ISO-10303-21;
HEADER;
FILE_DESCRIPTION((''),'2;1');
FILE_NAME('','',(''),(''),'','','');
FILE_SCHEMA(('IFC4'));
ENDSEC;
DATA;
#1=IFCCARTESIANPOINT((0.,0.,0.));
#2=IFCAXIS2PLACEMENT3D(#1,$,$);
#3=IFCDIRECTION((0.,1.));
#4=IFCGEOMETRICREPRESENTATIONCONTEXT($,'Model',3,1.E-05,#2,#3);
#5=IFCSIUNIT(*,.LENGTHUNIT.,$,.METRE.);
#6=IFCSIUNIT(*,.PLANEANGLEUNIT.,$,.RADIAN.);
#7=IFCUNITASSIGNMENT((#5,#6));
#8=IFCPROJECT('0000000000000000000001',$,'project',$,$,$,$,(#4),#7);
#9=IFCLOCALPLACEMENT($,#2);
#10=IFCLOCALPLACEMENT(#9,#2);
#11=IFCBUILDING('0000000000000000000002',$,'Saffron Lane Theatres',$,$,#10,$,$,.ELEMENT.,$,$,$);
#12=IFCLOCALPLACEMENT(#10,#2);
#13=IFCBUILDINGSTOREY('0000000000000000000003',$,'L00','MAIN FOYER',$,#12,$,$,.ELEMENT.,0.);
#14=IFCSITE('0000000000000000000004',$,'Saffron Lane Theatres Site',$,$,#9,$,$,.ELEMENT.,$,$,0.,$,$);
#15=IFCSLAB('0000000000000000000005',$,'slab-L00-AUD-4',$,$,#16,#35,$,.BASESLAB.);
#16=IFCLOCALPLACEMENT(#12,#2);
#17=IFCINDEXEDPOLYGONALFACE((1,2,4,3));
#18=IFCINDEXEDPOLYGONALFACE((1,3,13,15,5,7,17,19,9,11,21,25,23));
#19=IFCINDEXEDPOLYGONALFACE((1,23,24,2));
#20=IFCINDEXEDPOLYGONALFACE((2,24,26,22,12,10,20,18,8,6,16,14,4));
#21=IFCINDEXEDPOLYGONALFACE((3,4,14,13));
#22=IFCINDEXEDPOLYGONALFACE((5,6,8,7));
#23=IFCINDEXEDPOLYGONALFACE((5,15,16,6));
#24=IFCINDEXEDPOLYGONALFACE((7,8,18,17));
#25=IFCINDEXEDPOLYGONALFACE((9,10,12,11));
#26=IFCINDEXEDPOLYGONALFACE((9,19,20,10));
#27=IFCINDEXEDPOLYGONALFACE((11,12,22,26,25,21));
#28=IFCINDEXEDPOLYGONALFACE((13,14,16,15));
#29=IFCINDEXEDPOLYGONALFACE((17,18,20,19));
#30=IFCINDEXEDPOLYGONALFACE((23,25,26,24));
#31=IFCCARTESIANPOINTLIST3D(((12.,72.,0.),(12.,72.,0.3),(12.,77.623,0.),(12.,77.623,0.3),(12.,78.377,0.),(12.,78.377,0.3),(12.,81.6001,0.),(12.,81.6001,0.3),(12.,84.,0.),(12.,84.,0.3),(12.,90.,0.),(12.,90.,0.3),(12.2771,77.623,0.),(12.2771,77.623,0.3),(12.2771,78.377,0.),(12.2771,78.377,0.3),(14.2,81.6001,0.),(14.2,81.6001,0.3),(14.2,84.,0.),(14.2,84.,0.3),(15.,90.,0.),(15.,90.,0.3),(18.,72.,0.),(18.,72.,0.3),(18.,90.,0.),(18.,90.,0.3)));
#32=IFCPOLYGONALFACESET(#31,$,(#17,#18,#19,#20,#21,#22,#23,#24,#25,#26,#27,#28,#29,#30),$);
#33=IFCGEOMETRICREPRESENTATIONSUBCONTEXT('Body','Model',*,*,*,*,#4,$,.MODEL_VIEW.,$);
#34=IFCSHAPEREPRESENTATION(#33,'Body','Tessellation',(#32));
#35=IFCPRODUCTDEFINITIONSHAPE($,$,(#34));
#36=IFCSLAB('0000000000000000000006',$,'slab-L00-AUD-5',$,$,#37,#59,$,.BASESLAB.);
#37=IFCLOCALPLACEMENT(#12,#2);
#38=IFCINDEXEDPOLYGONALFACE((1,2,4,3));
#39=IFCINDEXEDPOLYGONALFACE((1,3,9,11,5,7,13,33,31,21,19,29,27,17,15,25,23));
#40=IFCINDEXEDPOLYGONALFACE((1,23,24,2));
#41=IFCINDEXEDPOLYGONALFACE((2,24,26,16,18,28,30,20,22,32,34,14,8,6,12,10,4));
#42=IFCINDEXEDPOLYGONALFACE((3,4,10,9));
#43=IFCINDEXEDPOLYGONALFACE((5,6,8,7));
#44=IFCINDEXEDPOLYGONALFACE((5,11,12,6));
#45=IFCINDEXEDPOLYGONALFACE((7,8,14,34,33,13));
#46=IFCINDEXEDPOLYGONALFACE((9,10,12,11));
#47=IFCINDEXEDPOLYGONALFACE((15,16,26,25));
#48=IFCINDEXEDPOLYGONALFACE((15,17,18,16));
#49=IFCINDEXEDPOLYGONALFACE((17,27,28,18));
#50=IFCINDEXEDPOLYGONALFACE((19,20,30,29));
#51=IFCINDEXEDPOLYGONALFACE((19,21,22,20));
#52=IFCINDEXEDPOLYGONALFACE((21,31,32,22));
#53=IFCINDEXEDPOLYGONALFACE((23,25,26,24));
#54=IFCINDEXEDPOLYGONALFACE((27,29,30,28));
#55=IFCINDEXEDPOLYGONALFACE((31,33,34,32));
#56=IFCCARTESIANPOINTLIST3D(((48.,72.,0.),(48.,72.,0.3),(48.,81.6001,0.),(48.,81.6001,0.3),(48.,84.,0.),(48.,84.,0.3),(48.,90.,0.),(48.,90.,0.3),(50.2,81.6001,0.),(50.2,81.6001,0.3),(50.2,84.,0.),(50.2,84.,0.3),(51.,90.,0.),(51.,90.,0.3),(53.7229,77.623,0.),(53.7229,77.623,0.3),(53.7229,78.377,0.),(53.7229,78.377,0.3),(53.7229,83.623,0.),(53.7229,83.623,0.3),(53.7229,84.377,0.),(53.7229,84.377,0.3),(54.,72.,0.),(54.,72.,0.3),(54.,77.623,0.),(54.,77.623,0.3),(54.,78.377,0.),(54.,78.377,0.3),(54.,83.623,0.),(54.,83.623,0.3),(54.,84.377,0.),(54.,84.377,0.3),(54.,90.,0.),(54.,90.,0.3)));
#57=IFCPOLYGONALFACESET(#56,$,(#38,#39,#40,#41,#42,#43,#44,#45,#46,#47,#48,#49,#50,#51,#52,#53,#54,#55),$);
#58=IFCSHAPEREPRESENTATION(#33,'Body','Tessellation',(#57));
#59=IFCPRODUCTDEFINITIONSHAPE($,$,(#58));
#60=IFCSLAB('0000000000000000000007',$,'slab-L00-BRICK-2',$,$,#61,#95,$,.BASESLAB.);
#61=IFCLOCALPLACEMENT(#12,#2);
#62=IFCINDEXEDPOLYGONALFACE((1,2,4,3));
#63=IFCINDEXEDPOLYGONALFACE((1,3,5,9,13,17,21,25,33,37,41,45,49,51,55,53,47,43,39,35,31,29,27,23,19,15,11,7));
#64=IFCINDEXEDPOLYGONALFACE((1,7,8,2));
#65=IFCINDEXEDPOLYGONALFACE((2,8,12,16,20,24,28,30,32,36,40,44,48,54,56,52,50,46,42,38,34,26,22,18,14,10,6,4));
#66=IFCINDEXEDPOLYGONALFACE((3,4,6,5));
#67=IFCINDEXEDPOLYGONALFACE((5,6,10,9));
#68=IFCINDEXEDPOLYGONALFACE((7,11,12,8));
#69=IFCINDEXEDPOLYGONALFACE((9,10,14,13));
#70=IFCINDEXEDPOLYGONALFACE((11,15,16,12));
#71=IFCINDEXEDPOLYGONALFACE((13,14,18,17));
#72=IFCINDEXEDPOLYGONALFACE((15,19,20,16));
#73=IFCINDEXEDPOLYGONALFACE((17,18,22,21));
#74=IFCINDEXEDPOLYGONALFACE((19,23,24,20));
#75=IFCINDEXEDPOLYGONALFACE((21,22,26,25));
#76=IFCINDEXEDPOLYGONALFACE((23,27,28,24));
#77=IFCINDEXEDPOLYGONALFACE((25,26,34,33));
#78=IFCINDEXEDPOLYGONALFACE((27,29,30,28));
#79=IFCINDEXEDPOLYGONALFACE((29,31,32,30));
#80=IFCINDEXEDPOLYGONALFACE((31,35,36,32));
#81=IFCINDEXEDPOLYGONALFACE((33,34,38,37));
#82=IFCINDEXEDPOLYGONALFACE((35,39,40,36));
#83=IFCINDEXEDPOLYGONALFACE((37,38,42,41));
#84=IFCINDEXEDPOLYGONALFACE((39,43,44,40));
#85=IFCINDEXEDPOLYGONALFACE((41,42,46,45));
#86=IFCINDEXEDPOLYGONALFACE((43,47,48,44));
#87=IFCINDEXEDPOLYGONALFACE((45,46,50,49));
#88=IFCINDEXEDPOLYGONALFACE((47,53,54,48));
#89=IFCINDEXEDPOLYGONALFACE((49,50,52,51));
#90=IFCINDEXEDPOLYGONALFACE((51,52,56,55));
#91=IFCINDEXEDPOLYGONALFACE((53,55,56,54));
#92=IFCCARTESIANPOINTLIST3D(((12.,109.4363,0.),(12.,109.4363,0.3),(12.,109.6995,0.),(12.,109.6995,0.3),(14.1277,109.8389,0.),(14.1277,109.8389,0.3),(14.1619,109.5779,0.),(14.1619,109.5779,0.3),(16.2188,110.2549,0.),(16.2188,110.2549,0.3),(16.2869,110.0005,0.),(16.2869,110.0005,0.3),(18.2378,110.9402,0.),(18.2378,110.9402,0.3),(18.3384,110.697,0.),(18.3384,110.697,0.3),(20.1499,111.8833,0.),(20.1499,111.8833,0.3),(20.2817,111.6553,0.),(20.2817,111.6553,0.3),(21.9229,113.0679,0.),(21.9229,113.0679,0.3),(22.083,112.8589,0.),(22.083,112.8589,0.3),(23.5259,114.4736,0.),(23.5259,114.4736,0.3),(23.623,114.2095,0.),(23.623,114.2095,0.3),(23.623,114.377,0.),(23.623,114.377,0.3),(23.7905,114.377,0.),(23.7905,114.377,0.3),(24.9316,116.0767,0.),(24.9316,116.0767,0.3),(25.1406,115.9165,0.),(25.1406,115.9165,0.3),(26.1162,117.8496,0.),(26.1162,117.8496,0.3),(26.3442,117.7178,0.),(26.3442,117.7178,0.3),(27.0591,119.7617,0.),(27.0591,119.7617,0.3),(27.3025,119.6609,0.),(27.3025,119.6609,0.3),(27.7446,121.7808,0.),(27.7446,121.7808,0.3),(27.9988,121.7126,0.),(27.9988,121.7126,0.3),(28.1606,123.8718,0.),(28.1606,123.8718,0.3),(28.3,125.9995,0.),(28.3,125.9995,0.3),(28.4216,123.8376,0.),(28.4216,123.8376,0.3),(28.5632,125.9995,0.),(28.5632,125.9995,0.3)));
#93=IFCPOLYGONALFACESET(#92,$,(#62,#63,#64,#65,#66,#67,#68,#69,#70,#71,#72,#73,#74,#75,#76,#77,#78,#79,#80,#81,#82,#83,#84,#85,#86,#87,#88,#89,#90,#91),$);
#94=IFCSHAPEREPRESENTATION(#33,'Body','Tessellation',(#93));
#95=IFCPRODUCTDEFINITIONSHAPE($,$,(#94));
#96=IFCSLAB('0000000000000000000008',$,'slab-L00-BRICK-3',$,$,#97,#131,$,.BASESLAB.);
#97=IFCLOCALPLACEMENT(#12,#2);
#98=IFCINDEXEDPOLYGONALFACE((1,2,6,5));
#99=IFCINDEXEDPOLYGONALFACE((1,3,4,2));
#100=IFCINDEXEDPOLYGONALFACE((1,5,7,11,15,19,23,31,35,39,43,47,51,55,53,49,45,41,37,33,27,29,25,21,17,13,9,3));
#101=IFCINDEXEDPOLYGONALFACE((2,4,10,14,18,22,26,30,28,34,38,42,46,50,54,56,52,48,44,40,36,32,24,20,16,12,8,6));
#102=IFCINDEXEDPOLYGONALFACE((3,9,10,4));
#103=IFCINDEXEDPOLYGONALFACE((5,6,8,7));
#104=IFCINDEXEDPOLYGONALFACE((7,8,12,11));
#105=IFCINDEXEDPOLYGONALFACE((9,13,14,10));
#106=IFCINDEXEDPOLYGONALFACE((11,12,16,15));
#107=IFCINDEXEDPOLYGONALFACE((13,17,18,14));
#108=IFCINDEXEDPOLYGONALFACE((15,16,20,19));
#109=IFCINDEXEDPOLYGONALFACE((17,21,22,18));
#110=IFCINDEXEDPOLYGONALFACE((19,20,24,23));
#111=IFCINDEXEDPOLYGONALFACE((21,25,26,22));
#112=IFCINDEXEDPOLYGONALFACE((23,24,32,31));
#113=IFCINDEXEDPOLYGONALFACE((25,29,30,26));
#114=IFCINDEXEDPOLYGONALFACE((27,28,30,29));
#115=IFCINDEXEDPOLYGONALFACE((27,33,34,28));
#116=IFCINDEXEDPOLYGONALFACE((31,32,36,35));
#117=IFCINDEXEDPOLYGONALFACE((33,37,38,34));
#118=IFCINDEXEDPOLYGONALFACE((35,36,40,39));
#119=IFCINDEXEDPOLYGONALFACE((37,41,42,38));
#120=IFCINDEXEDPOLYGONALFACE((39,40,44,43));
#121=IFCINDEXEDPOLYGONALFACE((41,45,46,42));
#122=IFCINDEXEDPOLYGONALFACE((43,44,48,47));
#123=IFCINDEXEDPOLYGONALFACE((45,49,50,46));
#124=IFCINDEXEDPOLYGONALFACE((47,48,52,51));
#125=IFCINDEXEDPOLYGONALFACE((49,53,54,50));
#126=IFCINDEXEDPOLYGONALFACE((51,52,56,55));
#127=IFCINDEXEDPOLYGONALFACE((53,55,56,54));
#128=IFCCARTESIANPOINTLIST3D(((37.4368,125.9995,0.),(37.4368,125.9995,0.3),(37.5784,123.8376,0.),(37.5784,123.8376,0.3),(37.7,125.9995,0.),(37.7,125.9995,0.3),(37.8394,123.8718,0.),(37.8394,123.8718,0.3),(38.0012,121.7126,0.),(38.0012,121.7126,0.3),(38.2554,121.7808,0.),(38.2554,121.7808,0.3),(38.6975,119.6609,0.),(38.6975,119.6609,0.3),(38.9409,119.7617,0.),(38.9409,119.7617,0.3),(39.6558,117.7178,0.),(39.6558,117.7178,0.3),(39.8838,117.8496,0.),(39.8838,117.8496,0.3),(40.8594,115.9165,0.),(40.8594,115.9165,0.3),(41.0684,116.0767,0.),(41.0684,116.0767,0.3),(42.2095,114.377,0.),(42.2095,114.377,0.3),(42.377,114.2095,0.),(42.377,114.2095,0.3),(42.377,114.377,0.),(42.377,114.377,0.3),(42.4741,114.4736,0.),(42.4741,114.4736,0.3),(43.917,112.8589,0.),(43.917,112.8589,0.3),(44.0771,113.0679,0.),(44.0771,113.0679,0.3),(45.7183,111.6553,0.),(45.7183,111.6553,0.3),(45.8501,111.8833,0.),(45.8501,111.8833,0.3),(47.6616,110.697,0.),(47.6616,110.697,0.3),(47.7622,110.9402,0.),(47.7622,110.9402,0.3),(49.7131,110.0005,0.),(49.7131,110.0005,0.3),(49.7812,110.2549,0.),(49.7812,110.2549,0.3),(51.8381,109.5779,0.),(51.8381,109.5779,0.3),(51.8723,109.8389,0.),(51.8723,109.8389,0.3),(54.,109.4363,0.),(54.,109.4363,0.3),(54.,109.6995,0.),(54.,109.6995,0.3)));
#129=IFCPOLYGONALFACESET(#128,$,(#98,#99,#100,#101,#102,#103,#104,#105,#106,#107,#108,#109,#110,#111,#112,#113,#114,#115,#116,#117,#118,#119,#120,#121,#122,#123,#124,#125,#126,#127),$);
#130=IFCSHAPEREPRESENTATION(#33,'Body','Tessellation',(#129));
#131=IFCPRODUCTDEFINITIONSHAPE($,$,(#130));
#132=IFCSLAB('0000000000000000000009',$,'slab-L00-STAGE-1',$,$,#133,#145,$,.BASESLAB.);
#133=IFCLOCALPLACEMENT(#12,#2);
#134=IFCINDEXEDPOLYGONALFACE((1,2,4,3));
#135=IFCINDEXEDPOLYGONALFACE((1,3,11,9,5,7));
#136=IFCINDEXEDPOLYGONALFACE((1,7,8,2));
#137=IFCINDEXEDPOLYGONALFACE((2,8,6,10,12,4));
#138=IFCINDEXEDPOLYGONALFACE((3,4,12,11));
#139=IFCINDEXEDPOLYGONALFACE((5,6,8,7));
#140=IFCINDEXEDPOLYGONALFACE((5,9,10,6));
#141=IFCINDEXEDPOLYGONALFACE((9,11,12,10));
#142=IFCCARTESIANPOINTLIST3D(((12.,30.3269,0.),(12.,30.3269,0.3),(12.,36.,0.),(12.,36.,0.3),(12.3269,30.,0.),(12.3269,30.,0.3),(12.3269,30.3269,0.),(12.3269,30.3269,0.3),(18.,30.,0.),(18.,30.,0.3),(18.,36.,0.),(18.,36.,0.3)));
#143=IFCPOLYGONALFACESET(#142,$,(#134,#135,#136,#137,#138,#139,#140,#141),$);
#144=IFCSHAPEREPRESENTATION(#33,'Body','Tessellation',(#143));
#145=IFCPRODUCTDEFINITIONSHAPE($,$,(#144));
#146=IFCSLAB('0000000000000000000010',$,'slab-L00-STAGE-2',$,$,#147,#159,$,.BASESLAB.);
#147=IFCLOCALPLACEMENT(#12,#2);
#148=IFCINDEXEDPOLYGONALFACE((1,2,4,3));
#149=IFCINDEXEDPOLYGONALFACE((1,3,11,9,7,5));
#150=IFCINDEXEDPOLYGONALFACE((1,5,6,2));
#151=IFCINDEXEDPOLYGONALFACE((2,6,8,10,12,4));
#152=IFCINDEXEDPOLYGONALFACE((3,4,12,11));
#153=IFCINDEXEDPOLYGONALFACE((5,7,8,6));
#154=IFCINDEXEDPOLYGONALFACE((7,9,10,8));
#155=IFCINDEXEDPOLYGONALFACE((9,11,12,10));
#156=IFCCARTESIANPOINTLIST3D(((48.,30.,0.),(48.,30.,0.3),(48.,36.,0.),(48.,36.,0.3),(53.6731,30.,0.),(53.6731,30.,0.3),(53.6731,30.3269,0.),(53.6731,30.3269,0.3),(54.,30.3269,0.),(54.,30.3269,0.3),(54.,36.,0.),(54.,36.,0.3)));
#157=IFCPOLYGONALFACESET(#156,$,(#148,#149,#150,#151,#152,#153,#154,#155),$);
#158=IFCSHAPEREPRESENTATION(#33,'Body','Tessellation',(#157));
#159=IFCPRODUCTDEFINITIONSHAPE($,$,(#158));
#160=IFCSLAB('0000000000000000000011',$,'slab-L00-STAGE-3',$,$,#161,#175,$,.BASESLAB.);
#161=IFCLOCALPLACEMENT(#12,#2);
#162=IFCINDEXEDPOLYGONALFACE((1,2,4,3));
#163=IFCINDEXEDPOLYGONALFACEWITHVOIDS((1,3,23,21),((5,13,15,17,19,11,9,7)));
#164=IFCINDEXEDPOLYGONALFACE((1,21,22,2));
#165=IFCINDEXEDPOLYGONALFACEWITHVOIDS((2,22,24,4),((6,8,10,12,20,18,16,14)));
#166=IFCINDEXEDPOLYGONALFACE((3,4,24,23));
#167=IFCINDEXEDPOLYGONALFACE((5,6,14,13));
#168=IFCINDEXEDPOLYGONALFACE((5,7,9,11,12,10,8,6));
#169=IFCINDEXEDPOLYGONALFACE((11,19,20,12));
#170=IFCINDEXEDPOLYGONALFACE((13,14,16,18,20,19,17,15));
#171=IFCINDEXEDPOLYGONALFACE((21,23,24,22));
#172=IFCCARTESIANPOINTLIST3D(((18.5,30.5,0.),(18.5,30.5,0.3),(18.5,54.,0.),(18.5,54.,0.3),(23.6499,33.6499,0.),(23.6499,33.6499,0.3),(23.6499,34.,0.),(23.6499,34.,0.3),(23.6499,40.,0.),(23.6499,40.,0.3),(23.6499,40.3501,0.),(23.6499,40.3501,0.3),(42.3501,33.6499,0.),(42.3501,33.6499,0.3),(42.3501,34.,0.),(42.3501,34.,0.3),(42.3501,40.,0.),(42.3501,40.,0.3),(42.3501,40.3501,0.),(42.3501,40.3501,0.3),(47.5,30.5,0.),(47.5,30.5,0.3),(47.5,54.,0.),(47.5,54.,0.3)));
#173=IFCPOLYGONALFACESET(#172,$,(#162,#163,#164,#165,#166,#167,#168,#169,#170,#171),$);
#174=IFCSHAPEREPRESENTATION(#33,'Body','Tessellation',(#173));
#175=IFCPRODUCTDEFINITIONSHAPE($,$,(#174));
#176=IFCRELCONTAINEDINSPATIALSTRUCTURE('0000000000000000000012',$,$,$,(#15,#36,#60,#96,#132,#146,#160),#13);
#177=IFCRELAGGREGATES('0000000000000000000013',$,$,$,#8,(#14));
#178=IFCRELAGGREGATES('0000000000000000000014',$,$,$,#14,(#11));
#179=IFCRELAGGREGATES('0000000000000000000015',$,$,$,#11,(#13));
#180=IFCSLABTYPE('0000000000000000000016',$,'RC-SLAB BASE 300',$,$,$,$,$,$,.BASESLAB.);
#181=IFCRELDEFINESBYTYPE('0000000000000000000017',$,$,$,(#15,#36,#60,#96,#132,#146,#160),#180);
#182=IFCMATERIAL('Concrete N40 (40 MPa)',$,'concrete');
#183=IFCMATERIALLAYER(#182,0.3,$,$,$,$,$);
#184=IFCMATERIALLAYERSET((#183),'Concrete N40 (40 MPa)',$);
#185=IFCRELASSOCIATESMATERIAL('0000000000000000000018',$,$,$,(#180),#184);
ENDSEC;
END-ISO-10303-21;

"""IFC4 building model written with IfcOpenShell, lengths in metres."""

from ifc_helpers import new_model, si_unit, direction, origin, place, context, subcontext, project, spatial, polyline, outline, extrude, material, layer, layer_set, type_object, element, save


model = new_model("IFC4")

# Units and contexts
model_context = context("Model", 3, precision=1e-05, world=origin(), true_north=direction((0.0, 1.0)))
body_context = subcontext(model_context, "Body", "Model", "MODEL_VIEW")
ifc_project = project(units=[si_unit("LENGTHUNIT", "METRE"), si_unit("PLANEANGLEUNIT", "RADIAN")], contexts=[model_context])

# Site, building, storey
site_placement = place(None, origin())
site = spatial("IfcSite", under=ifc_project, at=site_placement, Name="Saffron Lane Theatres Site", CompositionType="ELEMENT", RefElevation=0.0)
building_placement = place(site_placement, origin())
building = spatial("IfcBuilding", under=site, at=building_placement, Name="Saffron Lane Theatres", CompositionType="ELEMENT")
storey_placement = place(building_placement, origin())
storey = spatial("IfcBuildingStorey", under=building, at=storey_placement, Name="L00", Description="MAIN FOYER", CompositionType="ELEMENT", Elevation=0.0)

# Slabs
ifc_material_1 = material(Name="Concrete N40 (40 MPa)", Category="concrete")
ifc_layer = layer(ifc_material_1, 0.3)
ifc_layer_set = layer_set([ifc_layer], Name="Concrete N40 (40 MPa)")
slab_type = type_object("IfcSlabType", Name="RC-SLAB BASE 300", PredefinedType="BASESLAB", material=ifc_layer_set)
slab_1_placement = place(storey_placement, origin())
element("IfcSlab", 1, at=slab_1_placement, inside=storey, type_object=slab_type, Name="slab-L00-AUD-4", PredefinedType="BASESLAB", context=body_context, shape_type="SweptSolid", body=[
    extrude(outline(polyline([(18.0, 72.0), (18.0, 90.0), (15.0, 90.0), (12.0, 90.0), (12.0, 84.0), (14.2, 84.0), (14.2, 81.6001), (12.0, 81.6001), (12.0, 78.377), (12.2771, 78.377), (12.2771, 77.623), (12.0, 77.623), (12.0, 72.0), (18.0, 72.0)])), origin(), (0.0, 0.0, 1.0), 0.3),
])
slab_2_placement = place(storey_placement, origin())
element("IfcSlab", 2, at=slab_2_placement, inside=storey, type_object=slab_type, Name="slab-L00-AUD-5", PredefinedType="BASESLAB", context=body_context, shape_type="SweptSolid", body=[
    extrude(outline(polyline([(48.0, 72.0), (54.0, 72.0), (54.0, 77.623), (53.7229, 77.623), (53.7229, 78.377), (54.0, 78.377), (54.0, 83.623), (53.7229, 83.623), (53.7229, 84.377), (54.0, 84.377), (54.0, 90.0), (51.0, 90.0), (48.0, 90.0), (48.0, 84.0), (50.2, 84.0), (50.2, 81.6001), (48.0, 81.6001), (48.0, 72.0)])), origin(), (0.0, 0.0, 1.0), 0.3),
])
slab_3_placement = place(storey_placement, origin())
element("IfcSlab", 3, at=slab_3_placement, inside=storey, type_object=slab_type, Name="slab-L00-BRICK-2", PredefinedType="BASESLAB", context=body_context, shape_type="SweptSolid", body=[
    extrude(outline(polyline([(12.0, 113.7729), (12.0, 113.7729), (12.0, 109.4363), (14.1619, 109.5779), (16.2869, 110.0005), (18.3384, 110.697), (20.2817, 111.6553), (22.083, 112.8589), (23.623, 114.2095), (23.623, 114.377), (23.7905, 114.377), (25.1406, 115.9165), (26.3442, 117.7178), (27.3025, 119.6609), (27.9988, 121.7126), (28.4216, 123.8376), (28.5632, 125.9995), (28.3, 125.9995), (28.1606, 123.8718), (27.7446, 121.7808), (27.0591, 119.7617), (26.1162, 117.8496), (24.9316, 116.0767), (23.5259, 114.4736), (21.9229, 113.0679), (20.1499, 111.8833), (18.2378, 110.9402), (16.2188, 110.2549), (14.1277, 109.8389), (12.0, 109.6995), (12.0, 113.7729)])), origin(), (0.0, 0.0, 1.0), 0.3),
])
slab_4_placement = place(storey_placement, origin())
element("IfcSlab", 4, at=slab_4_placement, inside=storey, type_object=slab_type, Name="slab-L00-BRICK-3", PredefinedType="BASESLAB", context=body_context, shape_type="SweptSolid", body=[
    extrude(outline(polyline([(37.8394, 123.8718), (37.7, 125.9995), (37.4368, 125.9995), (37.5784, 123.8376), (38.0012, 121.7126), (38.6975, 119.6609), (39.6558, 117.7178), (40.8594, 115.9165), (42.2095, 114.377), (42.377, 114.377), (42.377, 114.2095), (43.917, 112.8589), (45.7183, 111.6553), (47.6616, 110.697), (49.7131, 110.0005), (51.8381, 109.5779), (54.0, 109.4363), (54.0, 109.6995), (51.8723, 109.8389), (49.7812, 110.2549), (47.7622, 110.9402), (45.8501, 111.8833), (44.0771, 113.0679), (42.4741, 114.4736), (41.0684, 116.0767), (39.8838, 117.8496), (38.9409, 119.7617), (38.2554, 121.7808), (37.8394, 123.8718)])), origin(), (0.0, 0.0, 1.0), 0.3),
])
slab_5_placement = place(storey_placement, origin())
element("IfcSlab", 5, at=slab_5_placement, inside=storey, type_object=slab_type, Name="slab-L00-STAGE-1", PredefinedType="BASESLAB", context=body_context, shape_type="SweptSolid", body=[
    extrude(outline(polyline([(18.0, 36.0), (12.0, 36.0), (12.0, 30.3269), (12.3269, 30.3269), (12.3269, 30.0), (18.0, 30.0), (18.0, 36.0)])), origin(), (0.0, 0.0, 1.0), 0.3),
])
slab_6_placement = place(storey_placement, origin())
element("IfcSlab", 6, at=slab_6_placement, inside=storey, type_object=slab_type, Name="slab-L00-STAGE-2", PredefinedType="BASESLAB", context=body_context, shape_type="SweptSolid", body=[
    extrude(outline(polyline([(53.6731, 30.3269), (54.0, 30.3269), (54.0, 36.0), (48.0, 36.0), (48.0, 30.0), (53.6731, 30.0), (53.6731, 30.3269)])), origin(), (0.0, 0.0, 1.0), 0.3),
])
slab_7_placement = place(storey_placement, origin())
element("IfcSlab", 7, at=slab_7_placement, inside=storey, type_object=slab_type, Name="slab-L00-STAGE-3", PredefinedType="BASESLAB", context=body_context, shape_type="SweptSolid", body=[
    extrude(outline(polyline([(47.5, 30.5), (47.5, 54.0), (18.5, 54.0), (18.5, 30.5), (47.5, 30.5)]), holes=[polyline([(23.6499, 40.0), (23.6499, 40.3501), (23.6499, 40.3501), (42.3501, 40.3501), (42.3501, 40.3501), (42.3501, 40.0), (42.3501, 34.0), (42.3501, 33.6499), (42.3501, 33.6499), (23.6499, 33.6499), (23.6499, 33.6499), (23.6499, 34.0), (23.6499, 40.0)])]), origin(), (0.0, 0.0, 1.0), 0.3),
])

save(model, "model.ifc")
